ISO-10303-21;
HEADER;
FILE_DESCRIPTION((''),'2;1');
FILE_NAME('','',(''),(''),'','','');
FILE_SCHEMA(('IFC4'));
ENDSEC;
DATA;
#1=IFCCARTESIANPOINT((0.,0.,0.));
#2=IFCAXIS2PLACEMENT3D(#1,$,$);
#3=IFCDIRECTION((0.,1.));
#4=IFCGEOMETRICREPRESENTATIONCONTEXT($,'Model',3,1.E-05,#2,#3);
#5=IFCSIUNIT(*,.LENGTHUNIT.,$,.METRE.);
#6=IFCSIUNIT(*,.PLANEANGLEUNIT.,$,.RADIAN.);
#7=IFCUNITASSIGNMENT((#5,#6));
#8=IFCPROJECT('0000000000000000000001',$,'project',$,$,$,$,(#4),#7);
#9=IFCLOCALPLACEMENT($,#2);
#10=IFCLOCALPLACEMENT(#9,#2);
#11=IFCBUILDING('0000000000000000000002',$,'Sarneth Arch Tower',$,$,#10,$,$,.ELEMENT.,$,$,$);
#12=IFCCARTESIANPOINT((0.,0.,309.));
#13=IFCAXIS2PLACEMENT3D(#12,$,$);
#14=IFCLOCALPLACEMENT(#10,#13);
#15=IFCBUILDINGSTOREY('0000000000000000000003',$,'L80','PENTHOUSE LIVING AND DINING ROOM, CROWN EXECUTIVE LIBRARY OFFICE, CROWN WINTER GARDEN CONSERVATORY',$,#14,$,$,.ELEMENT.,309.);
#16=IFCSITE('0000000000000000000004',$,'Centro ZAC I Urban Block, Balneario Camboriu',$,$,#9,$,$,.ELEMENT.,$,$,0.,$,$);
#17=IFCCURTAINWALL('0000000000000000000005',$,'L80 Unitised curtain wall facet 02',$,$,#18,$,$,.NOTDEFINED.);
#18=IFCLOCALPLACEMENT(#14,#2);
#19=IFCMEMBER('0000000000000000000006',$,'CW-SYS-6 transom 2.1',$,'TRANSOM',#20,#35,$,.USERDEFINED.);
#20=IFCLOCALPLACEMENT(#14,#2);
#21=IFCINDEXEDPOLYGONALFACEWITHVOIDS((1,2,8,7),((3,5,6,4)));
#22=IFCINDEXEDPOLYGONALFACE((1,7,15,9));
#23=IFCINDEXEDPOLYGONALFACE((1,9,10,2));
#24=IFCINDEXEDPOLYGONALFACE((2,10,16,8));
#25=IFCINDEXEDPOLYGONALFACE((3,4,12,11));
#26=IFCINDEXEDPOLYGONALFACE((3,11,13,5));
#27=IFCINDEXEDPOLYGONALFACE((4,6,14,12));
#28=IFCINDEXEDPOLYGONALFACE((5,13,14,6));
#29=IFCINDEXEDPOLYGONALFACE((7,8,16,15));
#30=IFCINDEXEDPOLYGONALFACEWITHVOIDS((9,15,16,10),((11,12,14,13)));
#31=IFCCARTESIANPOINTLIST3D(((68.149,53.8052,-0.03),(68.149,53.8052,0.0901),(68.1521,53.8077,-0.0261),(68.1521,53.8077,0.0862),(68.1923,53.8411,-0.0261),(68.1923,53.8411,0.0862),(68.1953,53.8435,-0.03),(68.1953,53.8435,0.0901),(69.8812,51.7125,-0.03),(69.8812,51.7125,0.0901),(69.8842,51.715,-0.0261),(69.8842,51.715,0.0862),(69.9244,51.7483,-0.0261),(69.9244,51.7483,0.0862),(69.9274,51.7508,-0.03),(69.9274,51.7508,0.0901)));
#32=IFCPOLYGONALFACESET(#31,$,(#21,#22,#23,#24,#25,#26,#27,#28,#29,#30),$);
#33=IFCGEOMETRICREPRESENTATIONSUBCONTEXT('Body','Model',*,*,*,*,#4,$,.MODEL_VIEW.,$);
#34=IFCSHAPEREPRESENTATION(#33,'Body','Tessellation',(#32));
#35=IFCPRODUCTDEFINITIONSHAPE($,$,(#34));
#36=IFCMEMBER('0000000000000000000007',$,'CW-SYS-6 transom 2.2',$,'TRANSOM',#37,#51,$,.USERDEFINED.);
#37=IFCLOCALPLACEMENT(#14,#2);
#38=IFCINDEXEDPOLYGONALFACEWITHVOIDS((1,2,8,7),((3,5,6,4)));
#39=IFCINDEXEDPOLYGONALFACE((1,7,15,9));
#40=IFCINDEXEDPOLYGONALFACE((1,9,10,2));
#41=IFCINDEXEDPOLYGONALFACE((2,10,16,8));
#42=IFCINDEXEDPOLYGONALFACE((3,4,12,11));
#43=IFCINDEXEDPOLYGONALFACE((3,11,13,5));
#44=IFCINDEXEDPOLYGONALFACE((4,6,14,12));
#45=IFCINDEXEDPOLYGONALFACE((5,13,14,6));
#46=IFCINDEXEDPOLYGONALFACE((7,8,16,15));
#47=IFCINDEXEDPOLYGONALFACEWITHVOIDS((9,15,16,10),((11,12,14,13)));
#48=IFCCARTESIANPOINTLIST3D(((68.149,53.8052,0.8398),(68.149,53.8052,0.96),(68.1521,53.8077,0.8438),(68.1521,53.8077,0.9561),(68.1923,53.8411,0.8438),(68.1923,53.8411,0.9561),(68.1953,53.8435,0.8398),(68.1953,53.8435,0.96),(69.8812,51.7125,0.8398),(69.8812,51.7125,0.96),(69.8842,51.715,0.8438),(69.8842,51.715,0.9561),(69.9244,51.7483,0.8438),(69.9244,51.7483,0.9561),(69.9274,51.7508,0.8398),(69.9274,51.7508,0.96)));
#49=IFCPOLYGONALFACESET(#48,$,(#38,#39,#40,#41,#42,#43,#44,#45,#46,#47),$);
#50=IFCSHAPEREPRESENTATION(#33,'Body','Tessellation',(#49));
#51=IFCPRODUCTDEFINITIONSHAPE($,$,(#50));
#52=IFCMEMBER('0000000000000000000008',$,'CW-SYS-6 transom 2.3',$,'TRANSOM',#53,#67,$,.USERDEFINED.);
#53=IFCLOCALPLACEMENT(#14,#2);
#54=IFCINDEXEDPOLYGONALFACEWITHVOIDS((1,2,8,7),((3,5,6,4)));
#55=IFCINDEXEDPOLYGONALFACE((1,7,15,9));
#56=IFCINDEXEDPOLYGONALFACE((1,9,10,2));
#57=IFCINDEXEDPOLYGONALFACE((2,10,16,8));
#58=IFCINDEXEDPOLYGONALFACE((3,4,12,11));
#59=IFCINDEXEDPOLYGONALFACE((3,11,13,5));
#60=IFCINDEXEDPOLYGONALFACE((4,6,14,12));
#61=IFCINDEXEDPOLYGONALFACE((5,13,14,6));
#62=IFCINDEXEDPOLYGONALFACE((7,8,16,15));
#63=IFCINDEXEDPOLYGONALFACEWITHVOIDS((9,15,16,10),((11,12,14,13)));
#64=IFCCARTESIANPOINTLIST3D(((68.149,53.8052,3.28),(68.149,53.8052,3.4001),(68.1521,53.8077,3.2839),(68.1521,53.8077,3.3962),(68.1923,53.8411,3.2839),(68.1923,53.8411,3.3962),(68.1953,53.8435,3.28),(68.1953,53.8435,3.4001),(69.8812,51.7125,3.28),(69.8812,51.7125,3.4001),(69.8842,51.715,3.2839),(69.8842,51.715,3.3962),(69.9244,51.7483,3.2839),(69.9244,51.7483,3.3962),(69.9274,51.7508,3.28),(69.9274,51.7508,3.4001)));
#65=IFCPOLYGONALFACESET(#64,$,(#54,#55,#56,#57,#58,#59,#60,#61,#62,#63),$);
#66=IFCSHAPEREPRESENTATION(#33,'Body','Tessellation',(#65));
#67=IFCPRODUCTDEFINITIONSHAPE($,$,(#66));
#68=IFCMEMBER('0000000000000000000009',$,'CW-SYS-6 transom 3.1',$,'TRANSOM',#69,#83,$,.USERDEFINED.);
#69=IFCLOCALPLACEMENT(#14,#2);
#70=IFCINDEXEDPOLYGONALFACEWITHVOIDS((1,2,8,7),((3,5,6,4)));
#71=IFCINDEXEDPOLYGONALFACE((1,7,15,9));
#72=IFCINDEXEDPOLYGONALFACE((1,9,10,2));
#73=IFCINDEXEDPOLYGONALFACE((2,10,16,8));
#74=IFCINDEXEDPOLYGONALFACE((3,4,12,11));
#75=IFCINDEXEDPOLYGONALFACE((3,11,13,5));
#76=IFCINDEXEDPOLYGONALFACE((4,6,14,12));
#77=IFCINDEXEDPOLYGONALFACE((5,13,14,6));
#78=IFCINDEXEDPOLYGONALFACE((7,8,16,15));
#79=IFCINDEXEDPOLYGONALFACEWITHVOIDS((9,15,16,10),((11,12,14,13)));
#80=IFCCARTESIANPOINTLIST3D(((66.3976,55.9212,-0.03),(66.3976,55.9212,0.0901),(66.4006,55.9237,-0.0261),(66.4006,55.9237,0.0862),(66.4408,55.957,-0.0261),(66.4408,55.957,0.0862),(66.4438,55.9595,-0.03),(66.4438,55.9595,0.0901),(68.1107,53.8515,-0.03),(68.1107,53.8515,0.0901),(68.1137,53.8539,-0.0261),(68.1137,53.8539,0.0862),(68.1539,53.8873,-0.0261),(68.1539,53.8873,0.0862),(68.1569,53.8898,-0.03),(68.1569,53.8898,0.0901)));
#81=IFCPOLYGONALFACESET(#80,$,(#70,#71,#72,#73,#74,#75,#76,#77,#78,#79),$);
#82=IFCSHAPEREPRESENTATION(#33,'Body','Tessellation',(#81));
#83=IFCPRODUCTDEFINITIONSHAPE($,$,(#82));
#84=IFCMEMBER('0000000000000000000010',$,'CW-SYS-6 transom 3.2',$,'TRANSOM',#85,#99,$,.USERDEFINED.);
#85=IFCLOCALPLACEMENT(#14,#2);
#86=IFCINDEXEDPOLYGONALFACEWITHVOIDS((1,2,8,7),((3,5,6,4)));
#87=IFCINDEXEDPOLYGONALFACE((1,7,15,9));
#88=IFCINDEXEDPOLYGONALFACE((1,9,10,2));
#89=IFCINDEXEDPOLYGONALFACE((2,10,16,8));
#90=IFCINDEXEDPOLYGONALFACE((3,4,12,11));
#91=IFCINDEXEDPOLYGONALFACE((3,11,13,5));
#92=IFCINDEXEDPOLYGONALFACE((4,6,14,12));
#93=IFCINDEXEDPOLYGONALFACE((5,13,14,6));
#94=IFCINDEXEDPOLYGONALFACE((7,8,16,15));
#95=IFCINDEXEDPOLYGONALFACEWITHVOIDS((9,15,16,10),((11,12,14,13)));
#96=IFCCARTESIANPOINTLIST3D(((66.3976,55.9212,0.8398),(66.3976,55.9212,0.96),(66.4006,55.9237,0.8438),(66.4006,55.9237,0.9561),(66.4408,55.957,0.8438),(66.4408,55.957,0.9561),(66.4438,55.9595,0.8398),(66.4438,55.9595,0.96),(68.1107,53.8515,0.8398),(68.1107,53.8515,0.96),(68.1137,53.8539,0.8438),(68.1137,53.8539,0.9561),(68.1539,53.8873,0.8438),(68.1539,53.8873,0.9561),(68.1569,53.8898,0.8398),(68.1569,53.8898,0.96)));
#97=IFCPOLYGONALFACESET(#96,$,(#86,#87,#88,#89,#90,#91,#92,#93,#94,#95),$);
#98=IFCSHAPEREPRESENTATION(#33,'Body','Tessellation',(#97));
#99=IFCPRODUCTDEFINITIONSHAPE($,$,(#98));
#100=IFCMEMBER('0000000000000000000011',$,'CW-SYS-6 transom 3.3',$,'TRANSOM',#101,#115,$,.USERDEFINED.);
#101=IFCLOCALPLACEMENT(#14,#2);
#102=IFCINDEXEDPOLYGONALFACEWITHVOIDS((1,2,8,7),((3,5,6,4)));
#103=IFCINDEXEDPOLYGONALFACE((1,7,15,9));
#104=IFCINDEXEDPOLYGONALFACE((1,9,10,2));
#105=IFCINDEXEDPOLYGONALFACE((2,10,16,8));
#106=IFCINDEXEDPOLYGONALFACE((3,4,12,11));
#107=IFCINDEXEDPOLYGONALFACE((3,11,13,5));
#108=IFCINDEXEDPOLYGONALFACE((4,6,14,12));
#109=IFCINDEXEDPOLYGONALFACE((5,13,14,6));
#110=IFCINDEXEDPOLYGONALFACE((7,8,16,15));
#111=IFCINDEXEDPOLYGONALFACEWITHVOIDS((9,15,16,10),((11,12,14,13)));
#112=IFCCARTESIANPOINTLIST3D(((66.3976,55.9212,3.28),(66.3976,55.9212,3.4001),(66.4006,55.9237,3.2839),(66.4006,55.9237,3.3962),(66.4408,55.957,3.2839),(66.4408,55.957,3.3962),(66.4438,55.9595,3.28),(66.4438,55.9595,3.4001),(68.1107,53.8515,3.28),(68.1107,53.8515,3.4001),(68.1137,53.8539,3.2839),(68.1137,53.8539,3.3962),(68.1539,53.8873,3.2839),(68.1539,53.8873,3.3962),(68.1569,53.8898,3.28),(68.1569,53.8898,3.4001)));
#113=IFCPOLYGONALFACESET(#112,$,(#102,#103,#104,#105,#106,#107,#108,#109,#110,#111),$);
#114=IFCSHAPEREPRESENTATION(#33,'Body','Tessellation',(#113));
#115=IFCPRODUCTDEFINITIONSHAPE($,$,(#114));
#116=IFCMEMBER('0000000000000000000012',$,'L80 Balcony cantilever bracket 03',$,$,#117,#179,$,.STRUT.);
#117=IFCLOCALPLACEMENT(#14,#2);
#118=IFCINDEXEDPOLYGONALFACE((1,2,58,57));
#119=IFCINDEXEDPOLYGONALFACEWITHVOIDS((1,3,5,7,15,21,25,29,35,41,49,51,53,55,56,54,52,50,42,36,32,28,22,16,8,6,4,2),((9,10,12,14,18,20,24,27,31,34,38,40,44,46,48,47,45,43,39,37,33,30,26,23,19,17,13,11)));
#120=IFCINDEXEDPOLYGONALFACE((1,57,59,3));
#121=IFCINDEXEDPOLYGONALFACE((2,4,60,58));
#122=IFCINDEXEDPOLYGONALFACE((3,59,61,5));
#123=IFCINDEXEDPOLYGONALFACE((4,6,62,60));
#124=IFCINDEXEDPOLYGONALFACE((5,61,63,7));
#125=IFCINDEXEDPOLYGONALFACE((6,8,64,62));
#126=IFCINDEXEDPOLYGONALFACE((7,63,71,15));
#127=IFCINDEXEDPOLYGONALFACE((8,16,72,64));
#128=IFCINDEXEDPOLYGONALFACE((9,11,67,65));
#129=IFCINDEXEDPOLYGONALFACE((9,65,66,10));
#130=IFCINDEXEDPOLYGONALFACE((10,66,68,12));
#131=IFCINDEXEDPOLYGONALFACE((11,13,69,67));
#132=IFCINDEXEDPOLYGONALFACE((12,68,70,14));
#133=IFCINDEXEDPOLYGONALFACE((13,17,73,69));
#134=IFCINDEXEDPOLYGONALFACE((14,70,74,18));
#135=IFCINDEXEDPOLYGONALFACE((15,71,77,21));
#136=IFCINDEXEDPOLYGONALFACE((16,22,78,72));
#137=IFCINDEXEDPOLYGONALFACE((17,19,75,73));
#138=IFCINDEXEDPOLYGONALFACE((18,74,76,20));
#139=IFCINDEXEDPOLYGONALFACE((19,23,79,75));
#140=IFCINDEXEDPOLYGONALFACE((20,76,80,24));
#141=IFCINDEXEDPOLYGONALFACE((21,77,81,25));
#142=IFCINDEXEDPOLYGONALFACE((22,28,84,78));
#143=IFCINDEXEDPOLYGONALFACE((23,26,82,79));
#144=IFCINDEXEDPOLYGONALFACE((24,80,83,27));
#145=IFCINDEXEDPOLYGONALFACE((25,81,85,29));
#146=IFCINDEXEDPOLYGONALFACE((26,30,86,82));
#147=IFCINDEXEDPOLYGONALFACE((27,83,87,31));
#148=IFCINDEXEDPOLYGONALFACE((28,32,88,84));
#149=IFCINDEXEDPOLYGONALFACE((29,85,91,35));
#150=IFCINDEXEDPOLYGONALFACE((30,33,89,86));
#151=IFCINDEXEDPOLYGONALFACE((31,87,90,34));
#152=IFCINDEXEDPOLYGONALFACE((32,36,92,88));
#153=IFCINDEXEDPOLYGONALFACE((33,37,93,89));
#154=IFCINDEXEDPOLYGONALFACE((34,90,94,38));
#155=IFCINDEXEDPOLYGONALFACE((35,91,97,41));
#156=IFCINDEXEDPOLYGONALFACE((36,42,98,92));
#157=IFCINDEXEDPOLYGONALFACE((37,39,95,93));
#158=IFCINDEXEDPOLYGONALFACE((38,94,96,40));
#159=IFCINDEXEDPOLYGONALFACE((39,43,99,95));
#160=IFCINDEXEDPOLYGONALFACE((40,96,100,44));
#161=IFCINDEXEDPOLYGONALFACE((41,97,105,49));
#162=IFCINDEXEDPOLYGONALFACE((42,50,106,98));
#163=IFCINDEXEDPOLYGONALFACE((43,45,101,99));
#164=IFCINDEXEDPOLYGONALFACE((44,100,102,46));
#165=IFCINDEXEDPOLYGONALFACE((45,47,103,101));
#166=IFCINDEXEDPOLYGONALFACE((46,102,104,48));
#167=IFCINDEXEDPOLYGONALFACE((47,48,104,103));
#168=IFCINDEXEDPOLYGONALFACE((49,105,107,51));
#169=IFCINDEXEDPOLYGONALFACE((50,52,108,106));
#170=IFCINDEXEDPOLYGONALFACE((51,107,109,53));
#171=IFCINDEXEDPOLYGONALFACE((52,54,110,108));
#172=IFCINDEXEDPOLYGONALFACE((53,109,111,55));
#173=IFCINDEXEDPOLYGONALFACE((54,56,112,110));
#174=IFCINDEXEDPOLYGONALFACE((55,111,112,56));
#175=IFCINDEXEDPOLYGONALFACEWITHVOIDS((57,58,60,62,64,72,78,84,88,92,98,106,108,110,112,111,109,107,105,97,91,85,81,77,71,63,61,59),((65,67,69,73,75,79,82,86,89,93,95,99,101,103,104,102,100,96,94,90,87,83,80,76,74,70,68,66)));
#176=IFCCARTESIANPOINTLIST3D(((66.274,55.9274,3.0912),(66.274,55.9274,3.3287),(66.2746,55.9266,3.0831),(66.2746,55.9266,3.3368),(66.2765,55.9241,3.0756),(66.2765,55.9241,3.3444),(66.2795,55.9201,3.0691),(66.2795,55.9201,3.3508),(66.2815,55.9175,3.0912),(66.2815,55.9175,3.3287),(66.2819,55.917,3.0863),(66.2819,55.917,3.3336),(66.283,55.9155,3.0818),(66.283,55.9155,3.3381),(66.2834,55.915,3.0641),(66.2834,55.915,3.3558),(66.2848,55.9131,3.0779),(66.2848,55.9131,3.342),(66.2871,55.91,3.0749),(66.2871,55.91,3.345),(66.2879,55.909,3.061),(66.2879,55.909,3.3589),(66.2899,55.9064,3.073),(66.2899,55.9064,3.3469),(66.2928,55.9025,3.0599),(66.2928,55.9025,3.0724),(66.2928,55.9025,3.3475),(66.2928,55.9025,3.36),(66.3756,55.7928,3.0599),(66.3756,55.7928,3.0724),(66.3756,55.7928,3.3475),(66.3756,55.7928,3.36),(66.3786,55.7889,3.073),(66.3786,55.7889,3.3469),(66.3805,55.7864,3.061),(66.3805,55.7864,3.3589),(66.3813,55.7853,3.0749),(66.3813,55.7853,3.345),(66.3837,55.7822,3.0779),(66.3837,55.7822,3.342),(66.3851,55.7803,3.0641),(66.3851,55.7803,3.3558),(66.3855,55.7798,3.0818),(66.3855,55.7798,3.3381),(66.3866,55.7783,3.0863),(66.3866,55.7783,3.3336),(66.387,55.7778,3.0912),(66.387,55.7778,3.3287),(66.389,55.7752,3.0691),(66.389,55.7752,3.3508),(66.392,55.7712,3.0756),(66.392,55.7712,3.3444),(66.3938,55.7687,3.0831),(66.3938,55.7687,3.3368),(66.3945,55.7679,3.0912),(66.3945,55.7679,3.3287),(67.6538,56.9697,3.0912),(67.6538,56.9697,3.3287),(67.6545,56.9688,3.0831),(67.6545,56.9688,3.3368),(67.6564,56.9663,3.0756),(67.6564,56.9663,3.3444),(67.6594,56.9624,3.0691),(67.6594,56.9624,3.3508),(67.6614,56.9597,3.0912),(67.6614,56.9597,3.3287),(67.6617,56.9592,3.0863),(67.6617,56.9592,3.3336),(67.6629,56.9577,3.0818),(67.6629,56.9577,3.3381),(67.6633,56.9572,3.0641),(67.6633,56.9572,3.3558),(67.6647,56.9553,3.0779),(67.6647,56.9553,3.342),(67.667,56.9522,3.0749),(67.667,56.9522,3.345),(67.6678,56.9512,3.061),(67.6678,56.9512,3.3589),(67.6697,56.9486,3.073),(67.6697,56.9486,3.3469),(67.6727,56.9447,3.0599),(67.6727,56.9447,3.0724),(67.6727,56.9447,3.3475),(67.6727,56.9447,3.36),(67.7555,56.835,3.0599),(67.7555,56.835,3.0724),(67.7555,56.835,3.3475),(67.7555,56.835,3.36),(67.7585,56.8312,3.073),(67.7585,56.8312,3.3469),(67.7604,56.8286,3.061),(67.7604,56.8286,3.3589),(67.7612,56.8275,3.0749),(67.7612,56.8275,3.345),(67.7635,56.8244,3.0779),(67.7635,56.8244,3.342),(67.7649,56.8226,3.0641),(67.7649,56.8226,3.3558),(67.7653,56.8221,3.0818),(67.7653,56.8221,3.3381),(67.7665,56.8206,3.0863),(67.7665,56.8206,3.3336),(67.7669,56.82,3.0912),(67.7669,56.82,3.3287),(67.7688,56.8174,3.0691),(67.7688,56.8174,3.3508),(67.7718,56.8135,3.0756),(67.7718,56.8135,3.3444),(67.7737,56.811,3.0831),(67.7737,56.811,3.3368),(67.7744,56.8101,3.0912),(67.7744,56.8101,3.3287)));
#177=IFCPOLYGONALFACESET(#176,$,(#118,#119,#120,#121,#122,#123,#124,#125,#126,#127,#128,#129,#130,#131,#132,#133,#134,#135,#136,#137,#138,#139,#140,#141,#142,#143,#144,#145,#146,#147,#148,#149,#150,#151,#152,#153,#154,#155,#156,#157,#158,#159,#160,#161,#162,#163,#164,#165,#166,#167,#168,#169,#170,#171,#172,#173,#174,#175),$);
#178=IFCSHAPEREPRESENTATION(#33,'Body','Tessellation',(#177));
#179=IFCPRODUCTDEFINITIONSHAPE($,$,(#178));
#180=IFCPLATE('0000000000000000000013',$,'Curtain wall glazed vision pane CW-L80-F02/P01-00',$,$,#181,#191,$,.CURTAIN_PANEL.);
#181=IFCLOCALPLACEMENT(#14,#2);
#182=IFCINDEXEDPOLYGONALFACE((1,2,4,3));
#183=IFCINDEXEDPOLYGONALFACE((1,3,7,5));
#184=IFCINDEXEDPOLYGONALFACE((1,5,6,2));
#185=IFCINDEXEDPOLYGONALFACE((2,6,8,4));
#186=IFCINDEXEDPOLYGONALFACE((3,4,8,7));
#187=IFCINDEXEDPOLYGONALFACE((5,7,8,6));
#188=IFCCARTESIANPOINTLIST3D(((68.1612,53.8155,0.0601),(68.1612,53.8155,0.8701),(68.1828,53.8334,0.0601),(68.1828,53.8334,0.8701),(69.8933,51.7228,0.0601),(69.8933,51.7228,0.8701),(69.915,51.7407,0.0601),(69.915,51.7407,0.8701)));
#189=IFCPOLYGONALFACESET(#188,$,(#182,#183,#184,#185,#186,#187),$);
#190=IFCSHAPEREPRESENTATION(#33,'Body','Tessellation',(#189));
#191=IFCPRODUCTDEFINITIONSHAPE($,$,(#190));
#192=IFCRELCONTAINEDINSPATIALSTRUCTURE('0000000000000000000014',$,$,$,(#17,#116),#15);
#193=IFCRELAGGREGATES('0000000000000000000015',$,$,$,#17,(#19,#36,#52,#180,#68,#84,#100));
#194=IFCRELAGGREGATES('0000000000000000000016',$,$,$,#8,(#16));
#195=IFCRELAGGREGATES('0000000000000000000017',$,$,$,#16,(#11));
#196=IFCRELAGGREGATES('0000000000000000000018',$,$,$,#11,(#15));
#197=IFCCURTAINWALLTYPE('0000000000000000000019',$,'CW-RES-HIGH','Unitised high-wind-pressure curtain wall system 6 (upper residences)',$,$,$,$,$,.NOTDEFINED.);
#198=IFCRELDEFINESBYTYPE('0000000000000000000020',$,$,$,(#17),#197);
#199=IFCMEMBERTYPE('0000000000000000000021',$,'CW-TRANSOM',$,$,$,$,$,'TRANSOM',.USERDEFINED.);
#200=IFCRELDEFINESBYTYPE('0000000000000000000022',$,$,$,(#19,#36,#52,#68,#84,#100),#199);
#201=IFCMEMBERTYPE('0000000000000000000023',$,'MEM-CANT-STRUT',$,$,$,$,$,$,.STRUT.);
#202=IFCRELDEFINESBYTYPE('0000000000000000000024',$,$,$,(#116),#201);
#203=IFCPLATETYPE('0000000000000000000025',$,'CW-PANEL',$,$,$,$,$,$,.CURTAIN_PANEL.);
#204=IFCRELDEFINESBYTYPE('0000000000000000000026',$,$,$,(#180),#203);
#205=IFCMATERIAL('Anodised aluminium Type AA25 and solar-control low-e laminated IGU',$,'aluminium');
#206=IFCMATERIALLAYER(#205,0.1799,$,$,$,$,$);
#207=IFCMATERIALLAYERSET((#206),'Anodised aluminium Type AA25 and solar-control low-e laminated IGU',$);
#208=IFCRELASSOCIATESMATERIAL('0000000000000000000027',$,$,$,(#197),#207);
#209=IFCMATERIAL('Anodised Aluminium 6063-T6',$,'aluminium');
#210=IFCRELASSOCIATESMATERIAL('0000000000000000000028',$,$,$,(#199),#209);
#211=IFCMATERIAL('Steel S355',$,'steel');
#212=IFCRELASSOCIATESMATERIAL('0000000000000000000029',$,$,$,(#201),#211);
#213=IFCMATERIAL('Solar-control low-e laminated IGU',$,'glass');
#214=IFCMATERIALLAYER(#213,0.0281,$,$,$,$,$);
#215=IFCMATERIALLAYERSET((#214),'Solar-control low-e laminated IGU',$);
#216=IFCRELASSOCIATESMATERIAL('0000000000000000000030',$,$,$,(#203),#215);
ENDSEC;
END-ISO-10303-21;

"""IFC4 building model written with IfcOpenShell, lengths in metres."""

from ifc_helpers import new_model, si_unit, direction, frame, origin, origin_2d, place, context, subcontext, project, spatial, rectangle, hollow_rectangle, extrude, material, layer, layer_set, material_profile, profile_set, type_object, element, aggregate, save


model = new_model("IFC4")

# Units and contexts
model_context = context("Model", 3, precision=1e-05, world=origin(), true_north=direction((0.0, 1.0)))
body_context = subcontext(model_context, "Body", "Model", "MODEL_VIEW")
ifc_project = project(units=[si_unit("LENGTHUNIT", "METRE"), si_unit("PLANEANGLEUNIT", "RADIAN")], contexts=[model_context])

# Site, building, storey
site_placement = place(None, origin())
site = spatial("IfcSite", under=ifc_project, at=site_placement, Name="Centro ZAC I Urban Block, Balneario Camboriu", CompositionType="ELEMENT", RefElevation=0.0)
building_placement = place(site_placement, origin())
building = spatial("IfcBuilding", under=site, at=building_placement, Name="Sarneth Arch Tower", CompositionType="ELEMENT")
storey_placement = place(building_placement, frame((0.0, 0.0, 309.0)))
storey = spatial("IfcBuildingStorey", under=building, at=storey_placement, Name="L80", Description="PENTHOUSE LIVING AND DINING ROOM, CROWN EXECUTIVE LIBRARY OFFICE, CROWN WINTER GARDEN CONSERVATORY", CompositionType="ELEMENT", Elevation=309.0)

# Curtain wall, members
ifc_material_1 = material(Name="Anodised aluminium Type AA25 and solar-control low-e laminated IGU", Category="aluminium")
ifc_layer_1 = layer(ifc_material_1, 0.1799)
ifc_layer_set_1 = layer_set([ifc_layer_1], Name="Anodised aluminium Type AA25 and solar-control low-e laminated IGU")
curtain_wall_type = type_object("IfcCurtainWallType", Name="CW-RES-HIGH", Description="Unitised high-wind-pressure curtain wall system 6 (upper residences)", PredefinedType="NOTDEFINED", material=ifc_layer_set_1)
curtain_wall_placement = place(storey_placement, origin())
curtain_wall = element("IfcCurtainWall", 1, at=curtain_wall_placement, inside=storey, type_object=curtain_wall_type, Name="L80 Unitised curtain wall facet 02", PredefinedType="NOTDEFINED")
ifc_material_2 = material(Name="Anodised Aluminium 6063-T6", Category="aluminium")
ifc_material_profile_1 = material_profile(ifc_material_2, hollow_rectangle(XDim=0.0601, YDim=0.1201, WallThickness=0.0039, at=origin_2d()), Name="AL-TRAN-120x60x4")
ifc_profile_set_1 = profile_set([ifc_material_profile_1], Name="Anodised Aluminium 6063-T6")
member_type_1 = type_object("IfcMemberType", Name="CW-TRANSOM", ElementType="TRANSOM", PredefinedType="USERDEFINED", material=ifc_profile_set_1)
member_1_placement = place(storey_placement, frame((69.9043, 51.7317, 0.03), z_axis=(-0.637617, 0.770353, 0.0), x_axis=(-0.770353, -0.637617, 0.0)))
member_1 = element("IfcMember", 2, at=member_1_placement, type_object=member_type_1, Name="CW-SYS-6 transom 2.1", ObjectType="TRANSOM", PredefinedType="USERDEFINED", context=body_context, shape_type="SweptSolid", body=[
    extrude(hollow_rectangle(XDim=0.0601, YDim=0.1201, WallThickness=0.0039, at=origin_2d()), origin(), (0.0, 0.0, 1.0), 2.7166),
])
member_2_placement = place(storey_placement, frame((69.9043, 51.7317, 0.8999), z_axis=(-0.637617, 0.770353, 0.0), x_axis=(-0.770353, -0.637617, 0.0)))
member_2 = element("IfcMember", 3, at=member_2_placement, type_object=member_type_1, Name="CW-SYS-6 transom 2.2", ObjectType="TRANSOM", PredefinedType="USERDEFINED", context=body_context, shape_type="SweptSolid", body=[
    extrude(hollow_rectangle(XDim=0.0601, YDim=0.1201, WallThickness=0.0039, at=origin_2d()), origin(), (0.0, 0.0, 1.0), 2.7166),
])
member_3_placement = place(storey_placement, frame((69.9043, 51.7317, 3.3401), z_axis=(-0.637617, 0.770353, 0.0), x_axis=(-0.770353, -0.637617, 0.0)))
member_3 = element("IfcMember", 4, at=member_3_placement, type_object=member_type_1, Name="CW-SYS-6 transom 2.3", ObjectType="TRANSOM", PredefinedType="USERDEFINED", context=body_context, shape_type="SweptSolid", body=[
    extrude(hollow_rectangle(XDim=0.0601, YDim=0.1201, WallThickness=0.0039, at=origin_2d()), origin(), (0.0, 0.0, 1.0), 2.7166),
])
member_4_placement = place(storey_placement, frame((68.1338, 53.8706, 0.03), z_axis=(-0.637607, 0.770362, 0.0), x_axis=(-0.770362, -0.637607, 0.0)))
member_4 = element("IfcMember", 5, at=member_4_placement, type_object=member_type_1, Name="CW-SYS-6 transom 3.1", ObjectType="TRANSOM", PredefinedType="USERDEFINED", context=body_context, shape_type="SweptSolid", body=[
    extrude(hollow_rectangle(XDim=0.0601, YDim=0.1201, WallThickness=0.0039, at=origin_2d()), origin(), (0.0, 0.0, 1.0), 2.6868),
])
member_5_placement = place(storey_placement, frame((68.1338, 53.8706, 0.8999), z_axis=(-0.637607, 0.770362, 0.0), x_axis=(-0.770362, -0.637607, 0.0)))
member_5 = element("IfcMember", 6, at=member_5_placement, type_object=member_type_1, Name="CW-SYS-6 transom 3.2", ObjectType="TRANSOM", PredefinedType="USERDEFINED", context=body_context, shape_type="SweptSolid", body=[
    extrude(hollow_rectangle(XDim=0.0601, YDim=0.1201, WallThickness=0.0039, at=origin_2d()), origin(), (0.0, 0.0, 1.0), 2.6868),
])
member_6_placement = place(storey_placement, frame((68.1338, 53.8706, 3.3401), z_axis=(-0.637607, 0.770362, 0.0), x_axis=(-0.770362, -0.637607, 0.0)))
member_6 = element("IfcMember", 7, at=member_6_placement, type_object=member_type_1, Name="CW-SYS-6 transom 3.3", ObjectType="TRANSOM", PredefinedType="USERDEFINED", context=body_context, shape_type="SweptSolid", body=[
    extrude(hollow_rectangle(XDim=0.0601, YDim=0.1201, WallThickness=0.0039, at=origin_2d()), origin(), (0.0, 0.0, 1.0), 2.6868),
])

# Member
ifc_material_3 = material(Name="Steel S355", Category="steel")
ifc_material_profile_2 = material_profile(ifc_material_3, hollow_rectangle(XDim=0.2, YDim=0.3, WallThickness=0.0125, InnerFilletRadius=0.0188, OuterFilletRadius=0.0312, at=origin_2d()), Name="RHS300x200x12.5")
ifc_profile_set_2 = profile_set([ifc_material_profile_2], Name="Steel S355")
member_type_2 = type_object("IfcMemberType", Name="MEM-CANT-STRUT", PredefinedType="STRUT", material=ifc_profile_set_2)
member_7_placement = place(storey_placement, frame((66.3342, 55.8477, 3.21), z_axis=(0.797962, 0.602707, 0.0), x_axis=(-0.602707, 0.797962, 0.0)))
element("IfcMember", 8, at=member_7_placement, inside=storey, type_object=member_type_2, Name="L80 Balcony cantilever bracket 03", PredefinedType="STRUT", context=body_context, shape_type="SweptSolid", body=[
    extrude(hollow_rectangle(XDim=0.2, YDim=0.3, WallThickness=0.0125, InnerFilletRadius=0.0188, OuterFilletRadius=0.0312, at=origin_2d()), origin(), (0.0, 0.0, 1.0), 1.7292),
])

# Plate
ifc_material_4 = material(Name="Solar-control low-e laminated IGU", Category="glass")
ifc_layer_2 = layer(ifc_material_4, 0.0281)
ifc_layer_set_2 = layer_set([ifc_layer_2], Name="Solar-control low-e laminated IGU")
plate_type_1 = type_object("IfcPlateType", Name="CW-PANEL", PredefinedType="CURTAIN_PANEL", material=ifc_layer_set_2)
plate_1_placement = place(storey_placement, frame((69.0381, 52.7781, 0.0601), z_axis=(0.0, 0.0, 1.0), x_axis=(-0.63761, 0.770359, 0.0)))
plate_1 = element("IfcPlate", 9, at=plate_1_placement, type_object=plate_type_1, Name="Curtain wall glazed vision pane CW-L80-F02/P01-00", PredefinedType="CURTAIN_PANEL", context=body_context, shape_type="SweptSolid", body=[
    extrude(rectangle(XDim=2.7166, YDim=0.0281, at=origin_2d()), origin(), (0.0, 0.0, 1.0), 0.8101),
])
aggregate(curtain_wall, [member_1, member_2, member_3, plate_1, member_4, member_5, member_6])

save(model, "model.ifc")
